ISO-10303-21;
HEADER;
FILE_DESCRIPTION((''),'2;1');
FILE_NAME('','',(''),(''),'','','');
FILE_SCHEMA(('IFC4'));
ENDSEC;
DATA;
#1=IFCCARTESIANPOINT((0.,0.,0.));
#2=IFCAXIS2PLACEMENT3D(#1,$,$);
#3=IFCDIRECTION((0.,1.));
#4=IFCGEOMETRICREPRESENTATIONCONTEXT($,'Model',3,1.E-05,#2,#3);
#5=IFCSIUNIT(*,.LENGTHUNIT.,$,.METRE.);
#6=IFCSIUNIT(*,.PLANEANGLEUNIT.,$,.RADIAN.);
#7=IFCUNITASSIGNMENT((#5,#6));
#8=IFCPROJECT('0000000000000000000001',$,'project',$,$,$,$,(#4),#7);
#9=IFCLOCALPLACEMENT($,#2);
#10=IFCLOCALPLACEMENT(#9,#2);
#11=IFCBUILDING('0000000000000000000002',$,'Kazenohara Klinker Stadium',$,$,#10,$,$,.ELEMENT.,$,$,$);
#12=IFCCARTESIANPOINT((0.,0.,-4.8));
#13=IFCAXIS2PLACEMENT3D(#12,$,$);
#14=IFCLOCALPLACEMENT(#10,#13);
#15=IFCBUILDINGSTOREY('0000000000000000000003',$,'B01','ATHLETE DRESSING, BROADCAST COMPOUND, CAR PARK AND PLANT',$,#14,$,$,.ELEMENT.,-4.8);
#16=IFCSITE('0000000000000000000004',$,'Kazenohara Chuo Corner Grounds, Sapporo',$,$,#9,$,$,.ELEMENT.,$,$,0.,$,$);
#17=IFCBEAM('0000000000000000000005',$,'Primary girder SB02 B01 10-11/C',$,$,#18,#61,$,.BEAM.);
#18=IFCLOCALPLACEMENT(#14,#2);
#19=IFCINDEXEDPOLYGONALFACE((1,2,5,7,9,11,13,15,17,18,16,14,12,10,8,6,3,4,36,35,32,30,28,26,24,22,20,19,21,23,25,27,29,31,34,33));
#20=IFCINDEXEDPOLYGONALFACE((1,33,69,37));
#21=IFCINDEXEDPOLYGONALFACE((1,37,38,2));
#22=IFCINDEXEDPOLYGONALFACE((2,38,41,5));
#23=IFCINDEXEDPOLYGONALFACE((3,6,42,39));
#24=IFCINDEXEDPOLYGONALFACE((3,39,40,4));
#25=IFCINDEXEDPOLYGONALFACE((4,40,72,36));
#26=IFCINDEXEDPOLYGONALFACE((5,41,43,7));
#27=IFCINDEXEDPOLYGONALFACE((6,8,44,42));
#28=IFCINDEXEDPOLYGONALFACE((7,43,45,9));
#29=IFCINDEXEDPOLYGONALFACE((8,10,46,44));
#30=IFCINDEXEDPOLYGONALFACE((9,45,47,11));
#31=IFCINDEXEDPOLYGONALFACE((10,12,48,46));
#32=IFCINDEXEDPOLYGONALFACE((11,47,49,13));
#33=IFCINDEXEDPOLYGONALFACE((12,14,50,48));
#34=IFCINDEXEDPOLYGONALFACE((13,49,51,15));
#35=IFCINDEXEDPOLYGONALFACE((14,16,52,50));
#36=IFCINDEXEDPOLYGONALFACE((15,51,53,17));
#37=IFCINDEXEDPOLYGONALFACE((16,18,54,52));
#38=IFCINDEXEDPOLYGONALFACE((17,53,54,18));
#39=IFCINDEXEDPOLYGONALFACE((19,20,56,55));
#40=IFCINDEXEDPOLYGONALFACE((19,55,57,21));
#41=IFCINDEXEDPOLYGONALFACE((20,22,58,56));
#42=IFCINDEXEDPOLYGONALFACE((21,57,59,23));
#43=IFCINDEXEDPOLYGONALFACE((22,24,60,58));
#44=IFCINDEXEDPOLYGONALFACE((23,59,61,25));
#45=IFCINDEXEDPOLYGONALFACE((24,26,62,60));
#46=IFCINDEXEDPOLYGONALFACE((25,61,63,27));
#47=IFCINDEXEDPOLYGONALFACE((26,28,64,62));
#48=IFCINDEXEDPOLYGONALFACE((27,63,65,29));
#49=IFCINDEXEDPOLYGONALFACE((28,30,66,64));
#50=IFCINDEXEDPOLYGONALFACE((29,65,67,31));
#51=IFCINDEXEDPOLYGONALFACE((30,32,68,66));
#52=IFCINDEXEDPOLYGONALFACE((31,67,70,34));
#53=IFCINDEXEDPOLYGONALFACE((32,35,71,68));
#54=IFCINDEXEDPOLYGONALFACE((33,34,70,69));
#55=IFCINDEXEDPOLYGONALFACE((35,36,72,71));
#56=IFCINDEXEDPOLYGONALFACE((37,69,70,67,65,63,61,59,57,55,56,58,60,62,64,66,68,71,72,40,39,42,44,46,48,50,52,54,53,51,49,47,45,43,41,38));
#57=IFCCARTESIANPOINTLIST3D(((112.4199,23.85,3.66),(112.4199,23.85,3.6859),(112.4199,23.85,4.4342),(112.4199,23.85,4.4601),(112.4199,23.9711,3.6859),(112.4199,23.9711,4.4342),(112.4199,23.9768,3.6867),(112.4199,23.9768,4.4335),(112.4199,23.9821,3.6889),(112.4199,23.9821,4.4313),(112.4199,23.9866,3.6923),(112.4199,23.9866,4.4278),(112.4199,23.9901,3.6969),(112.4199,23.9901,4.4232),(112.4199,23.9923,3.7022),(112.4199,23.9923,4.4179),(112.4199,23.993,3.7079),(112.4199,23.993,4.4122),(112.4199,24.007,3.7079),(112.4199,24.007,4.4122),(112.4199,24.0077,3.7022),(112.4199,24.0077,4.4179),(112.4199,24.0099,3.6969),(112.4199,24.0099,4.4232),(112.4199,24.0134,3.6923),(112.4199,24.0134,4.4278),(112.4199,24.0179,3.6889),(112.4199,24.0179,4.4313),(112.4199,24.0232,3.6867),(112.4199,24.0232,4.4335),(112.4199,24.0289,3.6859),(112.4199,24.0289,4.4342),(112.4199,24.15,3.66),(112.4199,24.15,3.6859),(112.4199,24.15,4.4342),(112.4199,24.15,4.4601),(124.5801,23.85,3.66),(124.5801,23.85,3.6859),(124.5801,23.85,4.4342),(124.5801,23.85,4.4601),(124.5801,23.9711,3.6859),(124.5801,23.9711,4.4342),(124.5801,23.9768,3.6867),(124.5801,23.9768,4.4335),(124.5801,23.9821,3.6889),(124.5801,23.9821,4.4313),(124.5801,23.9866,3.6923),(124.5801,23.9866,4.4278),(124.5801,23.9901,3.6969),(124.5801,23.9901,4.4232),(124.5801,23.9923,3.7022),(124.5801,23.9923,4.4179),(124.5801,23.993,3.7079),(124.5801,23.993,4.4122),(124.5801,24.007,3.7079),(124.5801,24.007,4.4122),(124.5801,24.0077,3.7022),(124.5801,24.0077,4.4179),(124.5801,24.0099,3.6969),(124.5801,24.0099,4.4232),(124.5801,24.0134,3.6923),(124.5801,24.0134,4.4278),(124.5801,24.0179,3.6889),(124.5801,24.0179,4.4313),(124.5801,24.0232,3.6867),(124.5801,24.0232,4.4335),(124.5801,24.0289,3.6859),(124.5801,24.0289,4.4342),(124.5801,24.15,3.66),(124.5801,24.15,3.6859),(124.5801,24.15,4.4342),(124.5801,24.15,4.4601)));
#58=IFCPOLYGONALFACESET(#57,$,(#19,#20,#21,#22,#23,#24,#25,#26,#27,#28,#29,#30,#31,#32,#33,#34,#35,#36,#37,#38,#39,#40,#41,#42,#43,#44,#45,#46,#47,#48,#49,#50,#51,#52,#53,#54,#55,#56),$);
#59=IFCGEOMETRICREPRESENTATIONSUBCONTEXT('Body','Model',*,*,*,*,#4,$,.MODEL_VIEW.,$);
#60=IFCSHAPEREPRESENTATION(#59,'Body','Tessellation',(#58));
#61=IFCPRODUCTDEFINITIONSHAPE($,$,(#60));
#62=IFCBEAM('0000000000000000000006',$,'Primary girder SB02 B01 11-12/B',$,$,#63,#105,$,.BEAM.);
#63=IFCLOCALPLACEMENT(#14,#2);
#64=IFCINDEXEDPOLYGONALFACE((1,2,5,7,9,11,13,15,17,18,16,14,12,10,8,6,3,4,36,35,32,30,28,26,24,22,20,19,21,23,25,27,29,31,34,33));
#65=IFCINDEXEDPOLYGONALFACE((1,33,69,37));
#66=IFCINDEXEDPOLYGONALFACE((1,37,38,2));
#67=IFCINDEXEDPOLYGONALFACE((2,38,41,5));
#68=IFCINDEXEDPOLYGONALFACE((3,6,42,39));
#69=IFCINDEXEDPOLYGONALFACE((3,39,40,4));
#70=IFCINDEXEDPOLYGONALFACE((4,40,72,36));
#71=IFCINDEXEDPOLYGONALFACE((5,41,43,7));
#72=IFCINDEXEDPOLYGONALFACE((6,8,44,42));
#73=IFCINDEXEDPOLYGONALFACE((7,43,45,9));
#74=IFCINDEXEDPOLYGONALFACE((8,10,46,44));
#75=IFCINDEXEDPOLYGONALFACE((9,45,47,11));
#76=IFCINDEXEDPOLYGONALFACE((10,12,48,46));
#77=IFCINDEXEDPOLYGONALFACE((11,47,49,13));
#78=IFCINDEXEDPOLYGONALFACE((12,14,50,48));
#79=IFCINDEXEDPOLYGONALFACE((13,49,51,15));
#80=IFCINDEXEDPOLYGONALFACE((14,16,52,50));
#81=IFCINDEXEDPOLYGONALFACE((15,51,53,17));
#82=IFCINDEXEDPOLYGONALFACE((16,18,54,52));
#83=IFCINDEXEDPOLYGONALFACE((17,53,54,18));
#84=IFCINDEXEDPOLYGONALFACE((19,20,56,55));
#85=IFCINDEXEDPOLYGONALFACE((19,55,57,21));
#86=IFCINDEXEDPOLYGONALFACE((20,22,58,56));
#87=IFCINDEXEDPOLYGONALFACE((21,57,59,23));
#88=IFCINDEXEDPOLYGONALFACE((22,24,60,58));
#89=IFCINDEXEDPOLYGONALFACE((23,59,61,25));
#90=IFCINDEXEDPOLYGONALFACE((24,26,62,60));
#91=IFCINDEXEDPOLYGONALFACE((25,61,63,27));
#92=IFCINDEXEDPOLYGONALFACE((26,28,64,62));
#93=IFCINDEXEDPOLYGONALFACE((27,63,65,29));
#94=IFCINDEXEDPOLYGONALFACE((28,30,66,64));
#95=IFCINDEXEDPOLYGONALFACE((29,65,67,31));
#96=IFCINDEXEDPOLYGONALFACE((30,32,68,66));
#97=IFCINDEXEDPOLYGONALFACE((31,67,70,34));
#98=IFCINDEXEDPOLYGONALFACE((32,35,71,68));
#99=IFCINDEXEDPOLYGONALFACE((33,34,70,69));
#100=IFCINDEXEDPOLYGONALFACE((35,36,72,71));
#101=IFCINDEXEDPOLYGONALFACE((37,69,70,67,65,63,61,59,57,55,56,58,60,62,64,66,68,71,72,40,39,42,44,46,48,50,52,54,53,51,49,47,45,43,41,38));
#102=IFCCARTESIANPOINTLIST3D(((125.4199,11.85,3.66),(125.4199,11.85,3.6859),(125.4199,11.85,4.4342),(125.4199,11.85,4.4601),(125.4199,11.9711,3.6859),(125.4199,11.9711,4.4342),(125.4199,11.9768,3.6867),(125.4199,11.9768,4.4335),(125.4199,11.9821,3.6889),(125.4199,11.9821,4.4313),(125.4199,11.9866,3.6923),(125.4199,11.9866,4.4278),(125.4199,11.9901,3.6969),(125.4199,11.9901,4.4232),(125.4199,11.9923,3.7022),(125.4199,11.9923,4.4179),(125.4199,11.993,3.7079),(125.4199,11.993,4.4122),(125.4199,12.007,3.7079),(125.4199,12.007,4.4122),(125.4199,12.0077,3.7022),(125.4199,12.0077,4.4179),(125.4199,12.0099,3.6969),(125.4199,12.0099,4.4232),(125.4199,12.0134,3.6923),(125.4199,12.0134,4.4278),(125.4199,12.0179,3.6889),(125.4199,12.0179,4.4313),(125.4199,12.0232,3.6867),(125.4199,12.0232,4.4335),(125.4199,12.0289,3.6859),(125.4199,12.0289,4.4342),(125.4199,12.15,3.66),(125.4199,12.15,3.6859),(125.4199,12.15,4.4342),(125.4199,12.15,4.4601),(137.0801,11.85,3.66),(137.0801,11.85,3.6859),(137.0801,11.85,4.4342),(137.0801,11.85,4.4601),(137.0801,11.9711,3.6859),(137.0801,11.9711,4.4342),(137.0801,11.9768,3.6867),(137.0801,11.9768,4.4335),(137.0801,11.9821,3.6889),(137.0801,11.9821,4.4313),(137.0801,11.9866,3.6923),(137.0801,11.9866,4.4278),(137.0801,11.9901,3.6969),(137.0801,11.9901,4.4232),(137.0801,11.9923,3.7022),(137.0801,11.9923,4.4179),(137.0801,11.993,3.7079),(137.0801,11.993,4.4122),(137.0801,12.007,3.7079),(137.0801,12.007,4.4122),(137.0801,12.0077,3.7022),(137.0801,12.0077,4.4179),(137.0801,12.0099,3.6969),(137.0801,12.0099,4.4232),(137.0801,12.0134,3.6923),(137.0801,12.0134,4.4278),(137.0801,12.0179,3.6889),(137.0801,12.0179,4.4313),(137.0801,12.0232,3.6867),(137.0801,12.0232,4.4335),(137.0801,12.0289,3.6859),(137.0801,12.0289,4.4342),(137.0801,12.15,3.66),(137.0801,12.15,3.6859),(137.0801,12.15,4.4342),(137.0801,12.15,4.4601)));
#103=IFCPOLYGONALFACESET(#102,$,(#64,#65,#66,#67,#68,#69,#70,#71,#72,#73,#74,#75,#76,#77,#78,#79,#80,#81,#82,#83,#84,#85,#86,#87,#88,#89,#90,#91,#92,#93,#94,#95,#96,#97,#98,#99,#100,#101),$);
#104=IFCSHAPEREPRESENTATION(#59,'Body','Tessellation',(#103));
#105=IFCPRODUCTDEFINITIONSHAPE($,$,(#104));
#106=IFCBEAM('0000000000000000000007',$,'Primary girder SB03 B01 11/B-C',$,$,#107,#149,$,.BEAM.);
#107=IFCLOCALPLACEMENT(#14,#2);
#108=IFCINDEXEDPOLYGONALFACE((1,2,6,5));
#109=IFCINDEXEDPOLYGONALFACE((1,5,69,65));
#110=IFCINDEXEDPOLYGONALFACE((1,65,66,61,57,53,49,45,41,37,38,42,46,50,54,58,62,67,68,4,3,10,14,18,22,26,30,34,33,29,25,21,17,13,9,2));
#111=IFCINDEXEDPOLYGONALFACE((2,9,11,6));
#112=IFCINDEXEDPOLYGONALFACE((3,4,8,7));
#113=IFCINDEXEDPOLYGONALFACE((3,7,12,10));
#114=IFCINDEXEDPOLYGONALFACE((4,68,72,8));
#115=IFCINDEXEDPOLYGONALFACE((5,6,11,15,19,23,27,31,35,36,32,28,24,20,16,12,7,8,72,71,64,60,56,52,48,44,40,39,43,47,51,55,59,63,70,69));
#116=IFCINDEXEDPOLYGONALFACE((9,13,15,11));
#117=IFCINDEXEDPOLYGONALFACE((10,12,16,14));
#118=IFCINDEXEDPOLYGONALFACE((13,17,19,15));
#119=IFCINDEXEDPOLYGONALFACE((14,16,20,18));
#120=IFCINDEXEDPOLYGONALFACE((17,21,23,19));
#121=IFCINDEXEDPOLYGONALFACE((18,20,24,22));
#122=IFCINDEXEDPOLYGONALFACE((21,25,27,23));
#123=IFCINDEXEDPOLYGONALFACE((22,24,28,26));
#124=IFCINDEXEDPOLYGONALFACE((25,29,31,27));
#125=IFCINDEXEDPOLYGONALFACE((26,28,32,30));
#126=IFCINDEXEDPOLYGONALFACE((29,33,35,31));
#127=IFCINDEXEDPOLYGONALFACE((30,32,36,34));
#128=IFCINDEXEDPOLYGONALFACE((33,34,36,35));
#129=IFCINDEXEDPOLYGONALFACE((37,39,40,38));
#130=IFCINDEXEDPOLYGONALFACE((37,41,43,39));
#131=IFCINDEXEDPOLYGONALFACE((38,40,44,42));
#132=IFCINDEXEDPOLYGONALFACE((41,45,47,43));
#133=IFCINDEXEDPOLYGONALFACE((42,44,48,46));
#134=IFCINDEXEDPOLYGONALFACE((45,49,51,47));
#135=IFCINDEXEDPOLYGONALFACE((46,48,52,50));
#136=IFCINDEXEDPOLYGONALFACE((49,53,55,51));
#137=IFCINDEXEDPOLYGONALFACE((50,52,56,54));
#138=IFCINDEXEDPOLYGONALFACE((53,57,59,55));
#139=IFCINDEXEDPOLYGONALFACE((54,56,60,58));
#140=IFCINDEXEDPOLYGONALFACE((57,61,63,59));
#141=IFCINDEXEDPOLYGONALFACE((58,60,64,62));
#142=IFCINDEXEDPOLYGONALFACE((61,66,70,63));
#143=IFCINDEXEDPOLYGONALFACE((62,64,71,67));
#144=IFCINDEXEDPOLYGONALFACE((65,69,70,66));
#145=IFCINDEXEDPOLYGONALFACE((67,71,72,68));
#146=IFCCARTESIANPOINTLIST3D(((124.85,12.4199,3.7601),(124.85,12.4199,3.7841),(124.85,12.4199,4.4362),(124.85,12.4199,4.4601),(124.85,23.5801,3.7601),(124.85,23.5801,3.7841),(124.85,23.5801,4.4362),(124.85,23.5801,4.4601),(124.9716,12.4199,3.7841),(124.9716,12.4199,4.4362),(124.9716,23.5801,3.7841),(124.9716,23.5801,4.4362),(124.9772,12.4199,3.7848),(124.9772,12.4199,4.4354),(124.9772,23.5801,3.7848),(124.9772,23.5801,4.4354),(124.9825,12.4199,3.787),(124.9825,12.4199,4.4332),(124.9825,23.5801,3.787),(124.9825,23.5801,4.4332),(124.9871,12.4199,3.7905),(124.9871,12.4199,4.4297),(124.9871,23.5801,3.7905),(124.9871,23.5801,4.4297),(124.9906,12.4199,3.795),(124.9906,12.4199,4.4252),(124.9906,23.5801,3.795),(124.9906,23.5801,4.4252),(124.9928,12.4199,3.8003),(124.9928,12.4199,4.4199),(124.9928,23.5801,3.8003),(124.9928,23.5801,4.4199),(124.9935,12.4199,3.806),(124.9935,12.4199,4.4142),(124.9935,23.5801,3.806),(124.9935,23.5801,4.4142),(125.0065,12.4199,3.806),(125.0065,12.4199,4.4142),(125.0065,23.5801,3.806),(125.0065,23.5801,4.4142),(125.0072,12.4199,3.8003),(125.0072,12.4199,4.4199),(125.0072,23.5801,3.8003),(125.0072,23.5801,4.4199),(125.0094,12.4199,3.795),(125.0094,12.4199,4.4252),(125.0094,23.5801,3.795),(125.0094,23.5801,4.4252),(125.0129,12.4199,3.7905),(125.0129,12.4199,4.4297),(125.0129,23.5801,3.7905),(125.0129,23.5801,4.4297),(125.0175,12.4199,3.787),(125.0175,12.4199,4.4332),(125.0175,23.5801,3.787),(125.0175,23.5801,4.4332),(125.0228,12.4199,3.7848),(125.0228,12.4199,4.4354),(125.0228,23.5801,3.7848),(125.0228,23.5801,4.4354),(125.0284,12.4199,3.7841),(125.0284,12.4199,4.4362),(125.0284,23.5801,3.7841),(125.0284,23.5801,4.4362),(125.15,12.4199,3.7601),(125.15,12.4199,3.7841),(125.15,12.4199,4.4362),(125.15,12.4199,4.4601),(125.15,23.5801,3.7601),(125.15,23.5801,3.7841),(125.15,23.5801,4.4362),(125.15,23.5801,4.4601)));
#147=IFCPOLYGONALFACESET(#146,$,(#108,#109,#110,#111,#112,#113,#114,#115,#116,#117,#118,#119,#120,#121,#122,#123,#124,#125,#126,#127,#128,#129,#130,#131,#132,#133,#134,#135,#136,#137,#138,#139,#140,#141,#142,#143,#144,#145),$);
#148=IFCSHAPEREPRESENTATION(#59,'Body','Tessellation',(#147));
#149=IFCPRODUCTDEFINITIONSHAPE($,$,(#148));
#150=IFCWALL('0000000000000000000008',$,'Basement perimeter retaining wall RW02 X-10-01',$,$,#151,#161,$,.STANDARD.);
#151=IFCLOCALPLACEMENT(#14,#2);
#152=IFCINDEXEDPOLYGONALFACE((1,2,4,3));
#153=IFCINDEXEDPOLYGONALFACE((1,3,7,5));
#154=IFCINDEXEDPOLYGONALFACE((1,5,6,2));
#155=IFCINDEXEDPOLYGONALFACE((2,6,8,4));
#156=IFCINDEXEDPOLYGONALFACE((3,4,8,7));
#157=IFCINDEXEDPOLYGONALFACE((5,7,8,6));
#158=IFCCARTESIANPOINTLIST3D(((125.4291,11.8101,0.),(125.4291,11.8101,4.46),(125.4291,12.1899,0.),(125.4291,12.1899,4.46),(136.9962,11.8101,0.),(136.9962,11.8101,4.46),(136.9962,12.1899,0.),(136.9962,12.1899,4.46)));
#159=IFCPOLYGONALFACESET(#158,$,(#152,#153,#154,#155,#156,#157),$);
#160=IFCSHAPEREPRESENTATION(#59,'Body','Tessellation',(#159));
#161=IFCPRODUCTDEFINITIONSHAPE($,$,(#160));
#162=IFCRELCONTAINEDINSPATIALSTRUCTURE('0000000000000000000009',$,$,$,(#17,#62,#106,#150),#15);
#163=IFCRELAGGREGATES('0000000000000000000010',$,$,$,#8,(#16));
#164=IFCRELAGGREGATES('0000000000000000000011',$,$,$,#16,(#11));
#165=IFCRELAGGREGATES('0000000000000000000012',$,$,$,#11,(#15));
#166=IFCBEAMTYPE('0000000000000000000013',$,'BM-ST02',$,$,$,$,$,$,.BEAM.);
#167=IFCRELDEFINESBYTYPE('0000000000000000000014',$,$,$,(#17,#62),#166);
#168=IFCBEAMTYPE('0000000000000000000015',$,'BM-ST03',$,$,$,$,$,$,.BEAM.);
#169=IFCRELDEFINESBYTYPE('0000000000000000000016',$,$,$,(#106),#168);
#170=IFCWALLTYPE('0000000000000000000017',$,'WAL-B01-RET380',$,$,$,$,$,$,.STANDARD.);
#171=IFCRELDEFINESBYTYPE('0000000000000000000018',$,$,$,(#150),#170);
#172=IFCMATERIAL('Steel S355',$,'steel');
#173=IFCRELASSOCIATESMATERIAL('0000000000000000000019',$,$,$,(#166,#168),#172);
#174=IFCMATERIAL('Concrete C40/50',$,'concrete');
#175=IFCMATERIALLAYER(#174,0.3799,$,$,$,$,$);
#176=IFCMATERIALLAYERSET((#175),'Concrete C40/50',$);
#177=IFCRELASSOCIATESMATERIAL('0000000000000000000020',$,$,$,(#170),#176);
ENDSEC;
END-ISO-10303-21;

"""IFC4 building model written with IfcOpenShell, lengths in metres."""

from ifc_helpers import new_model, si_unit, direction, frame, frame_2d, origin, origin_2d, place, context, subcontext, project, spatial, rectangle, i_section, extrude, material, layer, layer_set, material_profile, profile_set, type_object, element, save


model = new_model("IFC4")

# Units and contexts
model_context = context("Model", 3, precision=1e-05, world=origin(), true_north=direction((0.0, 1.0)))
body_context = subcontext(model_context, "Body", "Model", "MODEL_VIEW")
ifc_project = project(units=[si_unit("LENGTHUNIT", "METRE"), si_unit("PLANEANGLEUNIT", "RADIAN")], contexts=[model_context])

# Site, building, storey
site_placement = place(None, origin())
site = spatial("IfcSite", under=ifc_project, at=site_placement, Name="Kazenohara Chuo Corner Grounds, Sapporo", CompositionType="ELEMENT", RefElevation=0.0)
building_placement = place(site_placement, origin())
building = spatial("IfcBuilding", under=site, at=building_placement, Name="Kazenohara Klinker Stadium", CompositionType="ELEMENT")
storey_placement = place(building_placement, frame((0.0, 0.0, -4.8)))
storey = spatial("IfcBuildingStorey", under=building, at=storey_placement, Name="B01", Description="ATHLETE DRESSING, BROADCAST COMPOUND, CAR PARK AND PLANT", CompositionType="ELEMENT", Elevation=-4.8)

# Shared definitions
ifc_material_1 = material(Name="Concrete C40/50", Category="concrete")

# Beams
ifc_material_2 = material(Name="Steel S355", Category="steel")
ifc_material_profile_1 = material_profile(ifc_material_2, i_section(OverallWidth=0.3, OverallDepth=0.8, WebThickness=0.0139, FlangeThickness=0.0259, FilletRadius=0.022, at=origin_2d()), Name="H-800x300x14x26")
ifc_profile_set_1 = profile_set([ifc_material_profile_1], Name="Steel S355")
beam_type_1 = type_object("IfcBeamType", Name="BM-ST02", PredefinedType="BEAM", material=ifc_profile_set_1)
beam_1_placement = place(storey_placement, frame((112.4199, 24.0, 4.0601), z_axis=(1.0, 0.0, 0.0), x_axis=(0.0, 1.0, 0.0)))
element("IfcBeam", 1, at=beam_1_placement, inside=storey, type_object=beam_type_1, Name="Primary girder SB02 B01 10-11/C", PredefinedType="BEAM", context=body_context, shape_type="SweptSolid", body=[
    extrude(i_section(OverallWidth=0.3, OverallDepth=0.8, WebThickness=0.0139, FlangeThickness=0.0259, FilletRadius=0.022, at=origin_2d()), origin(), (0.0, 0.0, 1.0), 12.1602),
])
beam_2_placement = place(storey_placement, frame((125.4199, 12.0, 4.0601), z_axis=(1.0, 0.0, 0.0), x_axis=(0.0, 1.0, 0.0)))
element("IfcBeam", 2, at=beam_2_placement, inside=storey, type_object=beam_type_1, Name="Primary girder SB02 B01 11-12/B", PredefinedType="BEAM", context=body_context, shape_type="SweptSolid", body=[
    extrude(i_section(OverallWidth=0.3, OverallDepth=0.8, WebThickness=0.0139, FlangeThickness=0.0259, FilletRadius=0.022, at=origin_2d()), origin(), (0.0, 0.0, 1.0), 11.6602),
])
ifc_material_profile_2 = material_profile(ifc_material_2, i_section(OverallWidth=0.3, OverallDepth=0.7, WebThickness=0.0129, FlangeThickness=0.0239, FilletRadius=0.022, at=origin_2d()), Name="H-700x300x13x24")
ifc_profile_set_2 = profile_set([ifc_material_profile_2], Name="Steel S355")
beam_type_2 = type_object("IfcBeamType", Name="BM-ST03", PredefinedType="BEAM", material=ifc_profile_set_2)
beam_3_placement = place(storey_placement, frame((125.0, 12.4199, 4.1101), z_axis=(0.0, 1.0, 0.0), x_axis=(-1.0, 0.0, 0.0)))
element("IfcBeam", 3, at=beam_3_placement, inside=storey, type_object=beam_type_2, Name="Primary girder SB03 B01 11/B-C", PredefinedType="BEAM", context=body_context, shape_type="SweptSolid", body=[
    extrude(i_section(OverallWidth=0.3, OverallDepth=0.7, WebThickness=0.0129, FlangeThickness=0.0239, FilletRadius=0.022, at=origin_2d()), origin(), (0.0, 0.0, 1.0), 11.1602),
])

# Wall
ifc_layer_1 = layer(ifc_material_1, 0.3799)
ifc_layer_set_1 = layer_set([ifc_layer_1], Name="Concrete C40/50")
wall_type_1 = type_object("IfcWallType", Name="WAL-B01-RET380", PredefinedType="STANDARD", material=ifc_layer_set_1)
wall_1_placement = place(storey_placement, frame((125.429, 12.0, 0.0), z_axis=(0.0, 0.0, 1.0), x_axis=(1.0, 0.0, 0.0)))
element("IfcWall", 4, at=wall_1_placement, inside=storey, type_object=wall_type_1, Name="Basement perimeter retaining wall RW02 X-10-01", PredefinedType="STANDARD", context=body_context, shape_type="SweptSolid", body=[
    extrude(rectangle(XDim=11.5671, YDim=0.3799, at=frame_2d((5.7837, 0.0))), origin(), (0.0, 0.0, 1.0), 4.46),
])

save(model, "model.ifc")
